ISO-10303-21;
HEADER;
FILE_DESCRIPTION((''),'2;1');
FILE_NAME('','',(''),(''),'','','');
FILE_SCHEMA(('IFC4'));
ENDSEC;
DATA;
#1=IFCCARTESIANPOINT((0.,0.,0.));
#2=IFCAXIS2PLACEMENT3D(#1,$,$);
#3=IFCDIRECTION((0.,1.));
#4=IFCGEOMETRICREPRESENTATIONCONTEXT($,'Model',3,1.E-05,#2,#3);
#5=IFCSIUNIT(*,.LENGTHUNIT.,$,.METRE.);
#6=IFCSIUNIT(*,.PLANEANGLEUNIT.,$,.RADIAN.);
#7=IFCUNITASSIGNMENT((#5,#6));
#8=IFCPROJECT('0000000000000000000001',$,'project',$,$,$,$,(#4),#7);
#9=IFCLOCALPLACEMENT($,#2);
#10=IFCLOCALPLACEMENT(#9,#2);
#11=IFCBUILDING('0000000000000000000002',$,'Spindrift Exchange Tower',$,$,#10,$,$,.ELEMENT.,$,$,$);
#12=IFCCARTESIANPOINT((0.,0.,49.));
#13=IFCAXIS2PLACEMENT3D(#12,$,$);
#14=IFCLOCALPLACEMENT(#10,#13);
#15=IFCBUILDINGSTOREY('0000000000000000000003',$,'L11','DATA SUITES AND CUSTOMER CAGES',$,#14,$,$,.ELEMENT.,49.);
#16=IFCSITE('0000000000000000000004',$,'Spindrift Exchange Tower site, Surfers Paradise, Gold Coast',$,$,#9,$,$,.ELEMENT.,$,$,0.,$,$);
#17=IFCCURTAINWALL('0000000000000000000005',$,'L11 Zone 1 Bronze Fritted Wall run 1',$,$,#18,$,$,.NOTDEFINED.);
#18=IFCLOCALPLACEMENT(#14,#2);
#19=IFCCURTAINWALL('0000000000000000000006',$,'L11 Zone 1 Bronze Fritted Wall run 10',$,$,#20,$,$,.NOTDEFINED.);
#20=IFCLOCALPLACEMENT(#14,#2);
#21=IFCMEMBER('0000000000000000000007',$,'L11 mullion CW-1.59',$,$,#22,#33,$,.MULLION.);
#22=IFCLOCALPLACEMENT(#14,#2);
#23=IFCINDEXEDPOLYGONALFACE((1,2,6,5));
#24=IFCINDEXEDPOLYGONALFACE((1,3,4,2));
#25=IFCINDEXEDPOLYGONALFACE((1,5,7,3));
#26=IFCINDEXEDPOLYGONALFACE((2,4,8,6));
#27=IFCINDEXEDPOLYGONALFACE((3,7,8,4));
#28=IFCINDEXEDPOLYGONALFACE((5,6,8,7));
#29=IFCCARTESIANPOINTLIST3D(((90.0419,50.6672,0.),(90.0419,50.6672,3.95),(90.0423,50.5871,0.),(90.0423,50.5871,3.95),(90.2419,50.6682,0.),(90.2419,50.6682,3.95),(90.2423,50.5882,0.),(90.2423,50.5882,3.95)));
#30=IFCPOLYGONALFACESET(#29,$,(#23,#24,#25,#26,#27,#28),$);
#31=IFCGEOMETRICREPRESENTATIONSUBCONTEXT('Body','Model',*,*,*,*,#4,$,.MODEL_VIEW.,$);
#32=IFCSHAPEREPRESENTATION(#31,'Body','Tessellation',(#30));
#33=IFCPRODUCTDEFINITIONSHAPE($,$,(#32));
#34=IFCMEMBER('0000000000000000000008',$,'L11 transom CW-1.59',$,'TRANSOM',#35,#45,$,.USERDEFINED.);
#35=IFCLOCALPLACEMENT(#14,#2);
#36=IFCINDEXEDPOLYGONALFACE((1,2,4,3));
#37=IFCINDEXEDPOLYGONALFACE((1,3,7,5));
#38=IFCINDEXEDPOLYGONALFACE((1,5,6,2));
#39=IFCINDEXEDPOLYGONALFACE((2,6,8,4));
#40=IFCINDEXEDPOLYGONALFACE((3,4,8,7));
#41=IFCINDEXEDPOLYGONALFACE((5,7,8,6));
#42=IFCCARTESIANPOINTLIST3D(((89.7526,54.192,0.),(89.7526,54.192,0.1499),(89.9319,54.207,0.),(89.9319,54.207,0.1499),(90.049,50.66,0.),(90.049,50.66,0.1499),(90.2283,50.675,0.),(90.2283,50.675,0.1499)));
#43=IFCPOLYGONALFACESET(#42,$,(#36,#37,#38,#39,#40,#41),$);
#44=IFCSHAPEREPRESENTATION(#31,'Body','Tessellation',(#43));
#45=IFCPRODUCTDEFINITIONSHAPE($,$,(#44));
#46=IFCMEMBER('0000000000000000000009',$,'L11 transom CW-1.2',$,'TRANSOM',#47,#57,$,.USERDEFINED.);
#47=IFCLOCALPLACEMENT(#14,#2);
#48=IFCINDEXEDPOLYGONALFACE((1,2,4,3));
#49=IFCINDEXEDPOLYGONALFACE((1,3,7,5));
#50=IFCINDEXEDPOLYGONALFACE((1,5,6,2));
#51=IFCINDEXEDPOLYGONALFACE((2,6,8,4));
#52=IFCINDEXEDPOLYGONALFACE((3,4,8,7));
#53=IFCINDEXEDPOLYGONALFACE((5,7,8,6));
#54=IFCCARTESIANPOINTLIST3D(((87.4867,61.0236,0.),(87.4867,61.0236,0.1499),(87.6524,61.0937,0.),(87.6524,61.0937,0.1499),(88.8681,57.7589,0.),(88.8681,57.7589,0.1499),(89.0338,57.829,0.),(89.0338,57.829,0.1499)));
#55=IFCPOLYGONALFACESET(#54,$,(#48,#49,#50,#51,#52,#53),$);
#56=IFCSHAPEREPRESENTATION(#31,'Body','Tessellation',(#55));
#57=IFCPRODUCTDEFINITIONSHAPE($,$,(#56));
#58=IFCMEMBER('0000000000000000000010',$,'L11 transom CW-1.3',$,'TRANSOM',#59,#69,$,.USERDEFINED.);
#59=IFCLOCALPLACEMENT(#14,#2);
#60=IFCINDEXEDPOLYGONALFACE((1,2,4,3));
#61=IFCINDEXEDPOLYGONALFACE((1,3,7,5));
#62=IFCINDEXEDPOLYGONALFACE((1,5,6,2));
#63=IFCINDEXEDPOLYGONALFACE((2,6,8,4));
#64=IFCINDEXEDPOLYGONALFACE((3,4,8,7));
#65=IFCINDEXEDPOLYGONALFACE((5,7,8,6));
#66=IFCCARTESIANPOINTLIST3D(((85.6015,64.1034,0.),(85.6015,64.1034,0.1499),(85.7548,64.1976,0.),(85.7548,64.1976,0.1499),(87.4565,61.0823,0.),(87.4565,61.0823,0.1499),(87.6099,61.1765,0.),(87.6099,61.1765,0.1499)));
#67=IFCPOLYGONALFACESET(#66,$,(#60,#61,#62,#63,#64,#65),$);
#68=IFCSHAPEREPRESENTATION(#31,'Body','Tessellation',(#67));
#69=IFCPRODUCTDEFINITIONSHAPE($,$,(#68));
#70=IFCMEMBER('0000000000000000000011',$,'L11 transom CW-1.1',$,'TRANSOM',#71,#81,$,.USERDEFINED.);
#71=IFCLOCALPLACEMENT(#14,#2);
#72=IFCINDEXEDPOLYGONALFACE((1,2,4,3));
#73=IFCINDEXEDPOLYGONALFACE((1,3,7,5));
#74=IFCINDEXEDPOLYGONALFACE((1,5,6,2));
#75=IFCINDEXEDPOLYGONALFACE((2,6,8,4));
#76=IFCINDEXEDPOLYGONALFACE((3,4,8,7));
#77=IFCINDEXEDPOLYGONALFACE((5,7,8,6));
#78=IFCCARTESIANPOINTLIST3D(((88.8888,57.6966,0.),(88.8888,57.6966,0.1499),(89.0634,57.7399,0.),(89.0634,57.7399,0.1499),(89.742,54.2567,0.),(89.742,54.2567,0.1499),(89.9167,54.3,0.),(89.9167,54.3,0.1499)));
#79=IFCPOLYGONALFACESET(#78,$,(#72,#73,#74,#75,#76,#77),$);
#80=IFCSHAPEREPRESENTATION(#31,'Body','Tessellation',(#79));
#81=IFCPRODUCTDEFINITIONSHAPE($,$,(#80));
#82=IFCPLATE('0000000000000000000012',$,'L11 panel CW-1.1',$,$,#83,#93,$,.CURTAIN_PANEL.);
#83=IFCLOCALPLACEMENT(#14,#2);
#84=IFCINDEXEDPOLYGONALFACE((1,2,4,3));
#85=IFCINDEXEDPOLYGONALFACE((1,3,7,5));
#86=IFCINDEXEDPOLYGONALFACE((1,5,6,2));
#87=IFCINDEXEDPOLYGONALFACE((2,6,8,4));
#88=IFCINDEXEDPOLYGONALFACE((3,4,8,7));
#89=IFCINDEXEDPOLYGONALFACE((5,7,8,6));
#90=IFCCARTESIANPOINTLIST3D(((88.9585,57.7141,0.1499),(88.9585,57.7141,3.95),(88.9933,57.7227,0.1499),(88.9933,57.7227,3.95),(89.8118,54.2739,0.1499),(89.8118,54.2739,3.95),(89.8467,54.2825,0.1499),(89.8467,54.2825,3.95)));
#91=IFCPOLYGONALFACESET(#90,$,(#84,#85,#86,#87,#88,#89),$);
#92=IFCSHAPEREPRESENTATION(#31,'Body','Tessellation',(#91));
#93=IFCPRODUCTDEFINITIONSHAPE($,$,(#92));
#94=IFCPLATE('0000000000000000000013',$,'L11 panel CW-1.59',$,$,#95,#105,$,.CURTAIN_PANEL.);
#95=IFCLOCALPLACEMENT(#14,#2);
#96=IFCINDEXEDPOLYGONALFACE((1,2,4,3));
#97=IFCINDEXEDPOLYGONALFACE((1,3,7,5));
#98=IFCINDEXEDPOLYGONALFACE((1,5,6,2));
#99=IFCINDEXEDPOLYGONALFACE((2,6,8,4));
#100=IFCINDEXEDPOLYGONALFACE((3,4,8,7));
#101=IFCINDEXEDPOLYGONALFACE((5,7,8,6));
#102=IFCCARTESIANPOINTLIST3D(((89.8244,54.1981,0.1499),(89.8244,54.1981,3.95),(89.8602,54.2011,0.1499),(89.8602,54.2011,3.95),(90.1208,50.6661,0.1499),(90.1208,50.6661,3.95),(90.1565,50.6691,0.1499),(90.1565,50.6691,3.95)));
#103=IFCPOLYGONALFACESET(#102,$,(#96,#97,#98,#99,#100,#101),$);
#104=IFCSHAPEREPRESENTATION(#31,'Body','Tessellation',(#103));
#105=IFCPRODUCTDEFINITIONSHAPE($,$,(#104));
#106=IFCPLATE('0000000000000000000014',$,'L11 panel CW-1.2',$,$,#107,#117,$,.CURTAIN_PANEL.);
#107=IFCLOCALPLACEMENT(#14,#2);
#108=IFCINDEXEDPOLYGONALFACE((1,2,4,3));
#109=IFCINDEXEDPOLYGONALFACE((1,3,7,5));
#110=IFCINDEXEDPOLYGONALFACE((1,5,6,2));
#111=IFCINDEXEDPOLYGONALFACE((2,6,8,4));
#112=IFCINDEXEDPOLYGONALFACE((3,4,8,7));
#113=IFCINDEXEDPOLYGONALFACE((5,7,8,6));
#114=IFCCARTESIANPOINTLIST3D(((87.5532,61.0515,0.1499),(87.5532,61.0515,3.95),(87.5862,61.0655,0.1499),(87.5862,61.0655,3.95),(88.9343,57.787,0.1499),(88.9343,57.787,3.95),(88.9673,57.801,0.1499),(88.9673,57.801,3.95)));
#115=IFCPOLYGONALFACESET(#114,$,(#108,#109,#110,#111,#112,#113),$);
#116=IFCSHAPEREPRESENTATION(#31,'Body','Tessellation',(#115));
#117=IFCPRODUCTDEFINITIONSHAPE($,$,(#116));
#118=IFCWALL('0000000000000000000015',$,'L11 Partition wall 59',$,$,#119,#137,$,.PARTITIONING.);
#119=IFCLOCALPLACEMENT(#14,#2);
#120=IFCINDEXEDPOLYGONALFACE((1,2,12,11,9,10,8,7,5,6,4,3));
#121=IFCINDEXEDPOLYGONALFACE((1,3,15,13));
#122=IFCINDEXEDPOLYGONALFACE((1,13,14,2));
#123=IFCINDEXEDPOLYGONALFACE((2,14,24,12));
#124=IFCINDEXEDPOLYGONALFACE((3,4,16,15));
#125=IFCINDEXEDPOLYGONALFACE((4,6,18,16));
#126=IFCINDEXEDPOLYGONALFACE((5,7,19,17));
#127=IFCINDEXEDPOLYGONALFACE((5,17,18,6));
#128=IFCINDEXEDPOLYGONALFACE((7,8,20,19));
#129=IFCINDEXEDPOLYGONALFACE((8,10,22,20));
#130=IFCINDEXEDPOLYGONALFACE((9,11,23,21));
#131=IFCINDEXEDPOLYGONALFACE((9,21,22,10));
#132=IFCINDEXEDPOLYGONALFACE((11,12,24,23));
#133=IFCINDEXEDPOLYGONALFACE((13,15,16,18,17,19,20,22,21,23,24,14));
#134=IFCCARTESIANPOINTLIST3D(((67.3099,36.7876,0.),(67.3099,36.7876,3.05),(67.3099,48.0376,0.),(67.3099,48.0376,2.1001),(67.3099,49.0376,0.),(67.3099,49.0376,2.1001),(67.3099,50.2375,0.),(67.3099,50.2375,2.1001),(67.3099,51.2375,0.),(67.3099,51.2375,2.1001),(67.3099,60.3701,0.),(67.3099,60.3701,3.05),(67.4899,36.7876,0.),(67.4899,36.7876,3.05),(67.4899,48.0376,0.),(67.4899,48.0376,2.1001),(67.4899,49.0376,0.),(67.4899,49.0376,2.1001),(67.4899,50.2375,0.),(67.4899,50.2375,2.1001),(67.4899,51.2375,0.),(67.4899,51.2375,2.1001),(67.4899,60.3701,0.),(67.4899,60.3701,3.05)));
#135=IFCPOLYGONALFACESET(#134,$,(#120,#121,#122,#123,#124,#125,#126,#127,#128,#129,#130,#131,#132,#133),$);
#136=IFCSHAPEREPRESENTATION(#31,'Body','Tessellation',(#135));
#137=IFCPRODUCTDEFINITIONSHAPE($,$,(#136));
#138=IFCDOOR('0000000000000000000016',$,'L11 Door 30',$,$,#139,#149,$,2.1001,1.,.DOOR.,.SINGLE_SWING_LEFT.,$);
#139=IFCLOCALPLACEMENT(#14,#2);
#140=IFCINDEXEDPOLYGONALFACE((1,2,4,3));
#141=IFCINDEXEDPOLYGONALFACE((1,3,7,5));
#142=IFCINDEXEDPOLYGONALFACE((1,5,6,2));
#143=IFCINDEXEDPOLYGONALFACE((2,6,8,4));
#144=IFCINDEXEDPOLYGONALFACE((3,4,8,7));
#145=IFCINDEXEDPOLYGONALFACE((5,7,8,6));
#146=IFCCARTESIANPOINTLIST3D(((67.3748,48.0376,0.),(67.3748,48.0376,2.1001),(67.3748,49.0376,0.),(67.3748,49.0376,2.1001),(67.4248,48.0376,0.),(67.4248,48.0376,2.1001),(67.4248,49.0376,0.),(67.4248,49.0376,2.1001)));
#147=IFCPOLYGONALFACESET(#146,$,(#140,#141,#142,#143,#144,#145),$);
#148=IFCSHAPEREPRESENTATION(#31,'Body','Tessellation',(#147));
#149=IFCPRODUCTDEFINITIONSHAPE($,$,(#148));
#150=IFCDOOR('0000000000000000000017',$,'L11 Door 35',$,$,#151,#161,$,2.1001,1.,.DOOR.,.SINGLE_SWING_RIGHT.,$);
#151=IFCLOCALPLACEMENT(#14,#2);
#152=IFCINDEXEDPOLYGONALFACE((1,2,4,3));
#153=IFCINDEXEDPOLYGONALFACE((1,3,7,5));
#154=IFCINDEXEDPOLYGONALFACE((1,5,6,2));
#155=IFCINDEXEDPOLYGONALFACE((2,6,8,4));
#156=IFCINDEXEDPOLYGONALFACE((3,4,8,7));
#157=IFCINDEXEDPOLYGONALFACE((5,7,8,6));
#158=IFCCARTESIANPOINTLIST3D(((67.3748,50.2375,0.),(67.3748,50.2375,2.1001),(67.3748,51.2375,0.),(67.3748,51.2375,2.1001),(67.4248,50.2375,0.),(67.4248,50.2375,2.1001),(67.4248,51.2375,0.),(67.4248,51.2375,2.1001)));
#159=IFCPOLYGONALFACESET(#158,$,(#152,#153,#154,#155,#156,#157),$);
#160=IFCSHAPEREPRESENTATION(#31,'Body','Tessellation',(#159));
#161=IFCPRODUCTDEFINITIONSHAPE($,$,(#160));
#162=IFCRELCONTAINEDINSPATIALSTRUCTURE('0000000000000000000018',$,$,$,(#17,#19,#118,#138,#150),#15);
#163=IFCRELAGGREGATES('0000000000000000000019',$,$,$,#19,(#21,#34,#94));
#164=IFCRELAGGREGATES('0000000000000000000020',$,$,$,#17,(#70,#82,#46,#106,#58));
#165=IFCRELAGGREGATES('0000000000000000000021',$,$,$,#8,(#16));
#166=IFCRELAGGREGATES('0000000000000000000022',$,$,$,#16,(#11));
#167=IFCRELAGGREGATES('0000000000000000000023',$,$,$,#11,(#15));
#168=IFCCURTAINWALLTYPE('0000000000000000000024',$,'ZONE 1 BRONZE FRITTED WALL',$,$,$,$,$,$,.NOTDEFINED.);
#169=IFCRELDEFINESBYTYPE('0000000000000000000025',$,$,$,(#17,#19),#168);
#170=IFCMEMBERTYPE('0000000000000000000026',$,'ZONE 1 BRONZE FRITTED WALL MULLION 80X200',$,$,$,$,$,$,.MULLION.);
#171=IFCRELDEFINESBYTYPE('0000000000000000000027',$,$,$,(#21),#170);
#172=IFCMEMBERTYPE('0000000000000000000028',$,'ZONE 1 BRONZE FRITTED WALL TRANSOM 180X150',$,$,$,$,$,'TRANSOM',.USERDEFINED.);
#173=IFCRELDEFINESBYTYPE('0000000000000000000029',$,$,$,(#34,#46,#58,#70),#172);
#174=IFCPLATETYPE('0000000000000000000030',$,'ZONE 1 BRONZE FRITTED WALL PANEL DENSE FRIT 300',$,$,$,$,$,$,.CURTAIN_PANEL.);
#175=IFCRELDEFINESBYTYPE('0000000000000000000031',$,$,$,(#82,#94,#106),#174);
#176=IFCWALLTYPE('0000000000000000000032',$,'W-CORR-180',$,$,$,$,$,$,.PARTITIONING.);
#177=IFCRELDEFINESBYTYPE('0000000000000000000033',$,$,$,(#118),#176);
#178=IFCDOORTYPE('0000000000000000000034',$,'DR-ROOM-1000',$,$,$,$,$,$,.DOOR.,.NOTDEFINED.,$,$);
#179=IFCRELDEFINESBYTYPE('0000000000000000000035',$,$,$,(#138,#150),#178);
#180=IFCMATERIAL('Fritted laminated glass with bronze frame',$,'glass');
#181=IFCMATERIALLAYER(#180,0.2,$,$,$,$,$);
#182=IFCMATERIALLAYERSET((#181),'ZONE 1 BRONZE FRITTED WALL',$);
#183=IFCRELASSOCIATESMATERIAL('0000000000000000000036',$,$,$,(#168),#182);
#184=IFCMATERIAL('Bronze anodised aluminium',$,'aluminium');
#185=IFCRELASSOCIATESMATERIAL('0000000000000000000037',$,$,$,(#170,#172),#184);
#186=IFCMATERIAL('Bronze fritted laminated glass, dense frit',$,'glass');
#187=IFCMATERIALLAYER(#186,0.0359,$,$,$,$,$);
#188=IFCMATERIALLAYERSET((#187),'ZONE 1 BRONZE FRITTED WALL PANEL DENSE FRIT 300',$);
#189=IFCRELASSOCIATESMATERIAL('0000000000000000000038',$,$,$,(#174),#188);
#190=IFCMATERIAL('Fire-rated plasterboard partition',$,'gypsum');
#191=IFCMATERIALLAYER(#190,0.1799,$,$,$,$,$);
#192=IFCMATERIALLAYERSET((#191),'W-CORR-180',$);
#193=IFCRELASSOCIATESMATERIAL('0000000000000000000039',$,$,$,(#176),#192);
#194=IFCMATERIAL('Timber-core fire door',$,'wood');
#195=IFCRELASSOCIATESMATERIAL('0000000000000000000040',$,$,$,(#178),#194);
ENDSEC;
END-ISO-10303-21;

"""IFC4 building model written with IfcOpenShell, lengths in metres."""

from ifc_helpers import new_model, si_unit, direction, frame, frame_2d, origin, origin_2d, place, context, subcontext, project, spatial, rectangle, extrude, source, transform, mapped, material, layer, layer_set, material_profile, profile_set, type_object, element, fill, aggregate, save


model = new_model("IFC4")

# Units and contexts
model_context = context("Model", 3, precision=1e-05, world=origin(), true_north=direction((0.0, 1.0)))
body_context = subcontext(model_context, "Body", "Model", "MODEL_VIEW")
ifc_project = project(units=[si_unit("LENGTHUNIT", "METRE"), si_unit("PLANEANGLEUNIT", "RADIAN")], contexts=[model_context])

# Site, building, storey
site_placement = place(None, origin())
site = spatial("IfcSite", under=ifc_project, at=site_placement, Name="Spindrift Exchange Tower site, Surfers Paradise, Gold Coast", CompositionType="ELEMENT", RefElevation=0.0)
building_placement = place(site_placement, origin())
building = spatial("IfcBuilding", under=site, at=building_placement, Name="Spindrift Exchange Tower", CompositionType="ELEMENT")
storey_placement = place(building_placement, frame((0.0, 0.0, 49.0)))
storey = spatial("IfcBuildingStorey", under=building, at=storey_placement, Name="L11", Description="DATA SUITES AND CUSTOMER CAGES", CompositionType="ELEMENT", Elevation=49.0)

# Curtain walls, members
ifc_material_1 = material(Name="Fritted laminated glass with bronze frame", Category="glass")
ifc_layer_1 = layer(ifc_material_1, 0.2)
ifc_layer_set_1 = layer_set([ifc_layer_1], Name="ZONE 1 BRONZE FRITTED WALL")
curtain_wall_type = type_object("IfcCurtainWallType", Name="ZONE 1 BRONZE FRITTED WALL", PredefinedType="NOTDEFINED", material=ifc_layer_set_1)
curtain_wall_1_placement = place(storey_placement, origin())
curtain_wall_1 = element("IfcCurtainWall", 1, at=curtain_wall_1_placement, inside=storey, type_object=curtain_wall_type, Name="L11 Zone 1 Bronze Fritted Wall run 1", PredefinedType="NOTDEFINED")
ifc_material_2 = material(Name="Bronze anodised aluminium", Category="aluminium")
ifc_material_profile_1 = material_profile(ifc_material_2, rectangle(XDim=0.0801, YDim=0.2, at=origin_2d()), Name="ZONE 1 BRONZE FRITTED WALL MULLION 80X200")
ifc_profile_set_1 = profile_set([ifc_material_profile_1], Name="Bronze anodised aluminium")
member_type_1 = type_object("IfcMemberType", Name="ZONE 1 BRONZE FRITTED WALL MULLION 80X200", PredefinedType="MULLION", material=ifc_profile_set_1)
shared_shape_1 = source(origin(), body_context, "Body", "SweptSolid", [
    extrude(rectangle(XDim=0.0801, YDim=0.2, at=origin_2d()), origin(), (0.0, 0.0, 1.0), 3.95),
])
curtain_wall_2_placement = place(storey_placement, origin())
curtain_wall_2 = element("IfcCurtainWall", 2, at=curtain_wall_2_placement, inside=storey, type_object=curtain_wall_type, Name="L11 Zone 1 Bronze Fritted Wall run 10", PredefinedType="NOTDEFINED")
member_1_placement = place(storey_placement, frame((90.1421, 50.6277, 0.0), z_axis=(0.0, 0.0, 1.0), x_axis=(-0.00515, 0.999987, 0.0)))
member_1 = element("IfcMember", 3, at=member_1_placement, type_object=member_type_1, Name="L11 mullion CW-1.59", PredefinedType="MULLION", context=body_context, shape_type="MappedRepresentation", body=[
    mapped(shared_shape_1, transform((0.0, 0.0, 0.0), scale=1.0)),
])
ifc_material_profile_2 = material_profile(ifc_material_2, rectangle(XDim=0.1799, YDim=0.1499, at=origin_2d()), Name="ZONE 1 BRONZE FRITTED WALL TRANSOM 180X150")
ifc_profile_set_2 = profile_set([ifc_material_profile_2], Name="Bronze anodised aluminium")
member_type_2 = type_object("IfcMemberType", Name="ZONE 1 BRONZE FRITTED WALL TRANSOM 180X150", ElementType="TRANSOM", PredefinedType="USERDEFINED", material=ifc_profile_set_2)
shared_shape_2 = source(origin(), body_context, "Body", "SweptSolid", [
    extrude(rectangle(XDim=0.1799, YDim=0.1499, at=origin_2d()), origin(), (0.0, 0.0, 1.0), 3.5444),
])
member_2_placement = place(storey_placement, frame((90.1387, 50.6675, 0.075), z_axis=(-0.083621, 0.996498, 0.0), x_axis=(-0.996498, -0.083621, 0.0)))
member_2 = element("IfcMember", 4, at=member_2_placement, type_object=member_type_2, Name="L11 transom CW-1.59", ObjectType="TRANSOM", PredefinedType="USERDEFINED", context=body_context, shape_type="MappedRepresentation", body=[
    mapped(shared_shape_2, transform((0.0, 0.0, 0.0), scale=1.0)),
])

# Members
shared_shape_3 = source(origin(), body_context, "Body", "SweptSolid", [
    extrude(rectangle(XDim=0.1799, YDim=0.1499, at=origin_2d()), origin(), (0.0, 0.0, 1.0), 3.5449),
])
member_3_placement = place(storey_placement, frame((88.9509, 57.7939, 0.075), z_axis=(-0.389676, 0.920952, 0.0), x_axis=(-0.920952, -0.389676, 0.0)))
member_3 = element("IfcMember", 5, at=member_3_placement, type_object=member_type_2, Name="L11 transom CW-1.2", ObjectType="TRANSOM", PredefinedType="USERDEFINED", context=body_context, shape_type="MappedRepresentation", body=[
    mapped(shared_shape_3, transform((0.0, 0.0, 0.0), scale=1.0)),
])
shared_shape_4 = source(origin(), body_context, "Body", "SweptSolid", [
    extrude(rectangle(XDim=0.1799, YDim=0.1499, at=origin_2d()), origin(), (0.0, 0.0, 1.0), 3.5452),
])
member_4_placement = place(storey_placement, frame((87.5332, 61.1294, 0.075), z_axis=(-0.52326, 0.852173, 0.0), x_axis=(-0.852173, -0.52326, 0.0)))
member_4 = element("IfcMember", 6, at=member_4_placement, type_object=member_type_2, Name="L11 transom CW-1.3", ObjectType="TRANSOM", PredefinedType="USERDEFINED", context=body_context, shape_type="MappedRepresentation", body=[
    mapped(shared_shape_4, transform((0.0, 0.0, 0.0), scale=1.0)),
])
shared_shape_5 = source(origin(), body_context, "Body", "SweptSolid", [
    extrude(rectangle(XDim=0.1799, YDim=0.1499, at=origin_2d()), origin(), (0.0, 0.0, 1.0), 3.5442),
])
member_5_placement = place(storey_placement, frame((89.8293, 54.2783, 0.075), z_axis=(-0.240752, 0.970587, 0.0), x_axis=(-0.970587, -0.240752, 0.0)))
member_5 = element("IfcMember", 7, at=member_5_placement, type_object=member_type_2, Name="L11 transom CW-1.1", ObjectType="TRANSOM", PredefinedType="USERDEFINED", context=body_context, shape_type="MappedRepresentation", body=[
    mapped(shared_shape_5, transform((0.0, 0.0, 0.0), scale=1.0)),
])

# Plates
ifc_material_3 = material(Name="Bronze fritted laminated glass, dense frit", Category="glass")
ifc_layer_2 = layer(ifc_material_3, 0.0359)
ifc_layer_set_2 = layer_set([ifc_layer_2], Name="ZONE 1 BRONZE FRITTED WALL PANEL DENSE FRIT 300")
plate_type = type_object("IfcPlateType", Name="ZONE 1 BRONZE FRITTED WALL PANEL DENSE FRIT 300", PredefinedType="CURTAIN_PANEL", material=ifc_layer_set_2)
shared_shape_6 = source(origin(), body_context, "Body", "SweptSolid", [
    extrude(rectangle(XDim=3.5444, YDim=0.0359, at=origin_2d()), origin(), (0.0, 0.0, 1.0), 3.8),
])
plate_1_placement = place(storey_placement, frame((89.4026, 55.9983, 0.1499), z_axis=(0.0, 0.0, 1.0), x_axis=(-0.240757, 0.970586, 0.0)))
plate_1 = element("IfcPlate", 8, at=plate_1_placement, type_object=plate_type, Name="L11 panel CW-1.1", PredefinedType="CURTAIN_PANEL", context=body_context, shape_type="MappedRepresentation", body=[
    mapped(shared_shape_6, transform((0.0, 0.0, 0.0), scale=1.0)),
])
plate_2_placement = place(storey_placement, frame((89.9905, 52.4336, 0.1499), z_axis=(0.0, 0.0, 1.0), x_axis=(-0.0836, 0.996499, 0.0)))
plate_2 = element("IfcPlate", 9, at=plate_2_placement, type_object=plate_type, Name="L11 panel CW-1.59", PredefinedType="CURTAIN_PANEL", context=body_context, shape_type="MappedRepresentation", body=[
    mapped(shared_shape_6, transform((0.0, 0.0, 0.0), scale=1.0)),
])
aggregate(curtain_wall_2, [member_1, member_2, plate_2])
shared_shape_7 = source(origin(), body_context, "Body", "SweptSolid", [
    extrude(rectangle(XDim=3.5447, YDim=0.0359, at=origin_2d()), origin(), (0.0, 0.0, 1.0), 3.8),
])
plate_3_placement = place(storey_placement, frame((88.2603, 59.4263, 0.1499), z_axis=(0.0, 0.0, 1.0), x_axis=(-0.389637, 0.920969, 0.0)))
plate_3 = element("IfcPlate", 10, at=plate_3_placement, type_object=plate_type, Name="L11 panel CW-1.2", PredefinedType="CURTAIN_PANEL", context=body_context, shape_type="MappedRepresentation", body=[
    mapped(shared_shape_7, transform((0.0, 0.0, 0.0), scale=1.0)),
])
aggregate(curtain_wall_1, [member_5, plate_1, member_3, plate_3, member_4])

# Wall, openings, doors
ifc_material_4 = material(Name="Fire-rated plasterboard partition", Category="gypsum")
ifc_layer_3 = layer(ifc_material_4, 0.1799)
ifc_layer_set_3 = layer_set([ifc_layer_3], Name="W-CORR-180")
wall_type_1 = type_object("IfcWallType", Name="W-CORR-180", PredefinedType="PARTITIONING", material=ifc_layer_set_3)
wall_1_placement = place(storey_placement, frame((67.3999, 60.3701, 0.0), z_axis=(0.0, 0.0, 1.0), x_axis=(0.0, -1.0, 0.0)))
wall_1 = element("IfcWall", 11, at=wall_1_placement, inside=storey, type_object=wall_type_1, Name="L11 Partition wall 59", PredefinedType="PARTITIONING", context=body_context, shape_type="SweptSolid", body=[
    extrude(rectangle(XDim=23.5825, YDim=0.1799, at=frame_2d((11.7913, 0.0))), origin(), (0.0, 0.0, 1.0), 3.05),
])
opening_1_placement = place(wall_1_placement, frame((11.3325, 0.0, 0.0)))
opening_1 = element("IfcOpeningElement", 12, at=opening_1_placement, cuts=wall_1, PredefinedType="OPENING", context=body_context, shape_type="SweptSolid", body=[
    extrude(rectangle(XDim=1.0, YDim=2.1001, at=frame_2d((0.5, 1.05))), frame((0.0, 0.0999, 0.0), z_axis=(0.0, -1.0, 0.0), x_axis=(1.0, 0.0, 0.0)), (0.0, 0.0, 1.0), 0.2),
])
opening_2_placement = place(wall_1_placement, frame((9.1326, 0.0, 0.0)))
opening_2 = element("IfcOpeningElement", 13, at=opening_2_placement, cuts=wall_1, PredefinedType="OPENING", context=body_context, shape_type="SweptSolid", body=[
    extrude(rectangle(XDim=1.0, YDim=2.1001, at=frame_2d((0.5, 1.05))), frame((0.0, 0.0999, 0.0), z_axis=(0.0, -1.0, 0.0), x_axis=(1.0, 0.0, 0.0)), (0.0, 0.0, 1.0), 0.2),
])
ifc_material_5 = material(Name="Timber-core fire door", Category="wood")
door_type = type_object("IfcDoorType", Name="DR-ROOM-1000", OperationType="NOTDEFINED", PredefinedType="DOOR", material=ifc_material_5)
shared_shape_8 = source(origin(), body_context, "Body", "SweptSolid", [
    extrude(rectangle(XDim=1.0, YDim=2.1001, at=frame_2d((0.5, 1.05))), frame((0.0, 0.0249, 0.0), z_axis=(0.0, -1.0, 0.0), x_axis=(1.0, 0.0, 0.0)), (0.0, 0.0, 1.0), 0.05),
])
door_1_placement = place(opening_1_placement, origin())
door_1 = element("IfcDoor", 14, at=door_1_placement, inside=storey, type_object=door_type, Name="L11 Door 30", OperationType="SINGLE_SWING_LEFT", OverallHeight=2.1001, OverallWidth=1.0, PredefinedType="DOOR", context=body_context, shape_type="MappedRepresentation", body=[
    mapped(shared_shape_8, transform((0.0, 0.0, 0.0), scale=1.0)),
])
fill(opening_1, door_1)
door_2_placement = place(opening_2_placement, origin())
door_2 = element("IfcDoor", 15, at=door_2_placement, inside=storey, type_object=door_type, Name="L11 Door 35", OperationType="SINGLE_SWING_RIGHT", OverallHeight=2.1001, OverallWidth=1.0, PredefinedType="DOOR", context=body_context, shape_type="MappedRepresentation", body=[
    mapped(shared_shape_8, transform((0.0, 0.0, 0.0), scale=1.0)),
])
fill(opening_2, door_2)

save(model, "model.ifc")
